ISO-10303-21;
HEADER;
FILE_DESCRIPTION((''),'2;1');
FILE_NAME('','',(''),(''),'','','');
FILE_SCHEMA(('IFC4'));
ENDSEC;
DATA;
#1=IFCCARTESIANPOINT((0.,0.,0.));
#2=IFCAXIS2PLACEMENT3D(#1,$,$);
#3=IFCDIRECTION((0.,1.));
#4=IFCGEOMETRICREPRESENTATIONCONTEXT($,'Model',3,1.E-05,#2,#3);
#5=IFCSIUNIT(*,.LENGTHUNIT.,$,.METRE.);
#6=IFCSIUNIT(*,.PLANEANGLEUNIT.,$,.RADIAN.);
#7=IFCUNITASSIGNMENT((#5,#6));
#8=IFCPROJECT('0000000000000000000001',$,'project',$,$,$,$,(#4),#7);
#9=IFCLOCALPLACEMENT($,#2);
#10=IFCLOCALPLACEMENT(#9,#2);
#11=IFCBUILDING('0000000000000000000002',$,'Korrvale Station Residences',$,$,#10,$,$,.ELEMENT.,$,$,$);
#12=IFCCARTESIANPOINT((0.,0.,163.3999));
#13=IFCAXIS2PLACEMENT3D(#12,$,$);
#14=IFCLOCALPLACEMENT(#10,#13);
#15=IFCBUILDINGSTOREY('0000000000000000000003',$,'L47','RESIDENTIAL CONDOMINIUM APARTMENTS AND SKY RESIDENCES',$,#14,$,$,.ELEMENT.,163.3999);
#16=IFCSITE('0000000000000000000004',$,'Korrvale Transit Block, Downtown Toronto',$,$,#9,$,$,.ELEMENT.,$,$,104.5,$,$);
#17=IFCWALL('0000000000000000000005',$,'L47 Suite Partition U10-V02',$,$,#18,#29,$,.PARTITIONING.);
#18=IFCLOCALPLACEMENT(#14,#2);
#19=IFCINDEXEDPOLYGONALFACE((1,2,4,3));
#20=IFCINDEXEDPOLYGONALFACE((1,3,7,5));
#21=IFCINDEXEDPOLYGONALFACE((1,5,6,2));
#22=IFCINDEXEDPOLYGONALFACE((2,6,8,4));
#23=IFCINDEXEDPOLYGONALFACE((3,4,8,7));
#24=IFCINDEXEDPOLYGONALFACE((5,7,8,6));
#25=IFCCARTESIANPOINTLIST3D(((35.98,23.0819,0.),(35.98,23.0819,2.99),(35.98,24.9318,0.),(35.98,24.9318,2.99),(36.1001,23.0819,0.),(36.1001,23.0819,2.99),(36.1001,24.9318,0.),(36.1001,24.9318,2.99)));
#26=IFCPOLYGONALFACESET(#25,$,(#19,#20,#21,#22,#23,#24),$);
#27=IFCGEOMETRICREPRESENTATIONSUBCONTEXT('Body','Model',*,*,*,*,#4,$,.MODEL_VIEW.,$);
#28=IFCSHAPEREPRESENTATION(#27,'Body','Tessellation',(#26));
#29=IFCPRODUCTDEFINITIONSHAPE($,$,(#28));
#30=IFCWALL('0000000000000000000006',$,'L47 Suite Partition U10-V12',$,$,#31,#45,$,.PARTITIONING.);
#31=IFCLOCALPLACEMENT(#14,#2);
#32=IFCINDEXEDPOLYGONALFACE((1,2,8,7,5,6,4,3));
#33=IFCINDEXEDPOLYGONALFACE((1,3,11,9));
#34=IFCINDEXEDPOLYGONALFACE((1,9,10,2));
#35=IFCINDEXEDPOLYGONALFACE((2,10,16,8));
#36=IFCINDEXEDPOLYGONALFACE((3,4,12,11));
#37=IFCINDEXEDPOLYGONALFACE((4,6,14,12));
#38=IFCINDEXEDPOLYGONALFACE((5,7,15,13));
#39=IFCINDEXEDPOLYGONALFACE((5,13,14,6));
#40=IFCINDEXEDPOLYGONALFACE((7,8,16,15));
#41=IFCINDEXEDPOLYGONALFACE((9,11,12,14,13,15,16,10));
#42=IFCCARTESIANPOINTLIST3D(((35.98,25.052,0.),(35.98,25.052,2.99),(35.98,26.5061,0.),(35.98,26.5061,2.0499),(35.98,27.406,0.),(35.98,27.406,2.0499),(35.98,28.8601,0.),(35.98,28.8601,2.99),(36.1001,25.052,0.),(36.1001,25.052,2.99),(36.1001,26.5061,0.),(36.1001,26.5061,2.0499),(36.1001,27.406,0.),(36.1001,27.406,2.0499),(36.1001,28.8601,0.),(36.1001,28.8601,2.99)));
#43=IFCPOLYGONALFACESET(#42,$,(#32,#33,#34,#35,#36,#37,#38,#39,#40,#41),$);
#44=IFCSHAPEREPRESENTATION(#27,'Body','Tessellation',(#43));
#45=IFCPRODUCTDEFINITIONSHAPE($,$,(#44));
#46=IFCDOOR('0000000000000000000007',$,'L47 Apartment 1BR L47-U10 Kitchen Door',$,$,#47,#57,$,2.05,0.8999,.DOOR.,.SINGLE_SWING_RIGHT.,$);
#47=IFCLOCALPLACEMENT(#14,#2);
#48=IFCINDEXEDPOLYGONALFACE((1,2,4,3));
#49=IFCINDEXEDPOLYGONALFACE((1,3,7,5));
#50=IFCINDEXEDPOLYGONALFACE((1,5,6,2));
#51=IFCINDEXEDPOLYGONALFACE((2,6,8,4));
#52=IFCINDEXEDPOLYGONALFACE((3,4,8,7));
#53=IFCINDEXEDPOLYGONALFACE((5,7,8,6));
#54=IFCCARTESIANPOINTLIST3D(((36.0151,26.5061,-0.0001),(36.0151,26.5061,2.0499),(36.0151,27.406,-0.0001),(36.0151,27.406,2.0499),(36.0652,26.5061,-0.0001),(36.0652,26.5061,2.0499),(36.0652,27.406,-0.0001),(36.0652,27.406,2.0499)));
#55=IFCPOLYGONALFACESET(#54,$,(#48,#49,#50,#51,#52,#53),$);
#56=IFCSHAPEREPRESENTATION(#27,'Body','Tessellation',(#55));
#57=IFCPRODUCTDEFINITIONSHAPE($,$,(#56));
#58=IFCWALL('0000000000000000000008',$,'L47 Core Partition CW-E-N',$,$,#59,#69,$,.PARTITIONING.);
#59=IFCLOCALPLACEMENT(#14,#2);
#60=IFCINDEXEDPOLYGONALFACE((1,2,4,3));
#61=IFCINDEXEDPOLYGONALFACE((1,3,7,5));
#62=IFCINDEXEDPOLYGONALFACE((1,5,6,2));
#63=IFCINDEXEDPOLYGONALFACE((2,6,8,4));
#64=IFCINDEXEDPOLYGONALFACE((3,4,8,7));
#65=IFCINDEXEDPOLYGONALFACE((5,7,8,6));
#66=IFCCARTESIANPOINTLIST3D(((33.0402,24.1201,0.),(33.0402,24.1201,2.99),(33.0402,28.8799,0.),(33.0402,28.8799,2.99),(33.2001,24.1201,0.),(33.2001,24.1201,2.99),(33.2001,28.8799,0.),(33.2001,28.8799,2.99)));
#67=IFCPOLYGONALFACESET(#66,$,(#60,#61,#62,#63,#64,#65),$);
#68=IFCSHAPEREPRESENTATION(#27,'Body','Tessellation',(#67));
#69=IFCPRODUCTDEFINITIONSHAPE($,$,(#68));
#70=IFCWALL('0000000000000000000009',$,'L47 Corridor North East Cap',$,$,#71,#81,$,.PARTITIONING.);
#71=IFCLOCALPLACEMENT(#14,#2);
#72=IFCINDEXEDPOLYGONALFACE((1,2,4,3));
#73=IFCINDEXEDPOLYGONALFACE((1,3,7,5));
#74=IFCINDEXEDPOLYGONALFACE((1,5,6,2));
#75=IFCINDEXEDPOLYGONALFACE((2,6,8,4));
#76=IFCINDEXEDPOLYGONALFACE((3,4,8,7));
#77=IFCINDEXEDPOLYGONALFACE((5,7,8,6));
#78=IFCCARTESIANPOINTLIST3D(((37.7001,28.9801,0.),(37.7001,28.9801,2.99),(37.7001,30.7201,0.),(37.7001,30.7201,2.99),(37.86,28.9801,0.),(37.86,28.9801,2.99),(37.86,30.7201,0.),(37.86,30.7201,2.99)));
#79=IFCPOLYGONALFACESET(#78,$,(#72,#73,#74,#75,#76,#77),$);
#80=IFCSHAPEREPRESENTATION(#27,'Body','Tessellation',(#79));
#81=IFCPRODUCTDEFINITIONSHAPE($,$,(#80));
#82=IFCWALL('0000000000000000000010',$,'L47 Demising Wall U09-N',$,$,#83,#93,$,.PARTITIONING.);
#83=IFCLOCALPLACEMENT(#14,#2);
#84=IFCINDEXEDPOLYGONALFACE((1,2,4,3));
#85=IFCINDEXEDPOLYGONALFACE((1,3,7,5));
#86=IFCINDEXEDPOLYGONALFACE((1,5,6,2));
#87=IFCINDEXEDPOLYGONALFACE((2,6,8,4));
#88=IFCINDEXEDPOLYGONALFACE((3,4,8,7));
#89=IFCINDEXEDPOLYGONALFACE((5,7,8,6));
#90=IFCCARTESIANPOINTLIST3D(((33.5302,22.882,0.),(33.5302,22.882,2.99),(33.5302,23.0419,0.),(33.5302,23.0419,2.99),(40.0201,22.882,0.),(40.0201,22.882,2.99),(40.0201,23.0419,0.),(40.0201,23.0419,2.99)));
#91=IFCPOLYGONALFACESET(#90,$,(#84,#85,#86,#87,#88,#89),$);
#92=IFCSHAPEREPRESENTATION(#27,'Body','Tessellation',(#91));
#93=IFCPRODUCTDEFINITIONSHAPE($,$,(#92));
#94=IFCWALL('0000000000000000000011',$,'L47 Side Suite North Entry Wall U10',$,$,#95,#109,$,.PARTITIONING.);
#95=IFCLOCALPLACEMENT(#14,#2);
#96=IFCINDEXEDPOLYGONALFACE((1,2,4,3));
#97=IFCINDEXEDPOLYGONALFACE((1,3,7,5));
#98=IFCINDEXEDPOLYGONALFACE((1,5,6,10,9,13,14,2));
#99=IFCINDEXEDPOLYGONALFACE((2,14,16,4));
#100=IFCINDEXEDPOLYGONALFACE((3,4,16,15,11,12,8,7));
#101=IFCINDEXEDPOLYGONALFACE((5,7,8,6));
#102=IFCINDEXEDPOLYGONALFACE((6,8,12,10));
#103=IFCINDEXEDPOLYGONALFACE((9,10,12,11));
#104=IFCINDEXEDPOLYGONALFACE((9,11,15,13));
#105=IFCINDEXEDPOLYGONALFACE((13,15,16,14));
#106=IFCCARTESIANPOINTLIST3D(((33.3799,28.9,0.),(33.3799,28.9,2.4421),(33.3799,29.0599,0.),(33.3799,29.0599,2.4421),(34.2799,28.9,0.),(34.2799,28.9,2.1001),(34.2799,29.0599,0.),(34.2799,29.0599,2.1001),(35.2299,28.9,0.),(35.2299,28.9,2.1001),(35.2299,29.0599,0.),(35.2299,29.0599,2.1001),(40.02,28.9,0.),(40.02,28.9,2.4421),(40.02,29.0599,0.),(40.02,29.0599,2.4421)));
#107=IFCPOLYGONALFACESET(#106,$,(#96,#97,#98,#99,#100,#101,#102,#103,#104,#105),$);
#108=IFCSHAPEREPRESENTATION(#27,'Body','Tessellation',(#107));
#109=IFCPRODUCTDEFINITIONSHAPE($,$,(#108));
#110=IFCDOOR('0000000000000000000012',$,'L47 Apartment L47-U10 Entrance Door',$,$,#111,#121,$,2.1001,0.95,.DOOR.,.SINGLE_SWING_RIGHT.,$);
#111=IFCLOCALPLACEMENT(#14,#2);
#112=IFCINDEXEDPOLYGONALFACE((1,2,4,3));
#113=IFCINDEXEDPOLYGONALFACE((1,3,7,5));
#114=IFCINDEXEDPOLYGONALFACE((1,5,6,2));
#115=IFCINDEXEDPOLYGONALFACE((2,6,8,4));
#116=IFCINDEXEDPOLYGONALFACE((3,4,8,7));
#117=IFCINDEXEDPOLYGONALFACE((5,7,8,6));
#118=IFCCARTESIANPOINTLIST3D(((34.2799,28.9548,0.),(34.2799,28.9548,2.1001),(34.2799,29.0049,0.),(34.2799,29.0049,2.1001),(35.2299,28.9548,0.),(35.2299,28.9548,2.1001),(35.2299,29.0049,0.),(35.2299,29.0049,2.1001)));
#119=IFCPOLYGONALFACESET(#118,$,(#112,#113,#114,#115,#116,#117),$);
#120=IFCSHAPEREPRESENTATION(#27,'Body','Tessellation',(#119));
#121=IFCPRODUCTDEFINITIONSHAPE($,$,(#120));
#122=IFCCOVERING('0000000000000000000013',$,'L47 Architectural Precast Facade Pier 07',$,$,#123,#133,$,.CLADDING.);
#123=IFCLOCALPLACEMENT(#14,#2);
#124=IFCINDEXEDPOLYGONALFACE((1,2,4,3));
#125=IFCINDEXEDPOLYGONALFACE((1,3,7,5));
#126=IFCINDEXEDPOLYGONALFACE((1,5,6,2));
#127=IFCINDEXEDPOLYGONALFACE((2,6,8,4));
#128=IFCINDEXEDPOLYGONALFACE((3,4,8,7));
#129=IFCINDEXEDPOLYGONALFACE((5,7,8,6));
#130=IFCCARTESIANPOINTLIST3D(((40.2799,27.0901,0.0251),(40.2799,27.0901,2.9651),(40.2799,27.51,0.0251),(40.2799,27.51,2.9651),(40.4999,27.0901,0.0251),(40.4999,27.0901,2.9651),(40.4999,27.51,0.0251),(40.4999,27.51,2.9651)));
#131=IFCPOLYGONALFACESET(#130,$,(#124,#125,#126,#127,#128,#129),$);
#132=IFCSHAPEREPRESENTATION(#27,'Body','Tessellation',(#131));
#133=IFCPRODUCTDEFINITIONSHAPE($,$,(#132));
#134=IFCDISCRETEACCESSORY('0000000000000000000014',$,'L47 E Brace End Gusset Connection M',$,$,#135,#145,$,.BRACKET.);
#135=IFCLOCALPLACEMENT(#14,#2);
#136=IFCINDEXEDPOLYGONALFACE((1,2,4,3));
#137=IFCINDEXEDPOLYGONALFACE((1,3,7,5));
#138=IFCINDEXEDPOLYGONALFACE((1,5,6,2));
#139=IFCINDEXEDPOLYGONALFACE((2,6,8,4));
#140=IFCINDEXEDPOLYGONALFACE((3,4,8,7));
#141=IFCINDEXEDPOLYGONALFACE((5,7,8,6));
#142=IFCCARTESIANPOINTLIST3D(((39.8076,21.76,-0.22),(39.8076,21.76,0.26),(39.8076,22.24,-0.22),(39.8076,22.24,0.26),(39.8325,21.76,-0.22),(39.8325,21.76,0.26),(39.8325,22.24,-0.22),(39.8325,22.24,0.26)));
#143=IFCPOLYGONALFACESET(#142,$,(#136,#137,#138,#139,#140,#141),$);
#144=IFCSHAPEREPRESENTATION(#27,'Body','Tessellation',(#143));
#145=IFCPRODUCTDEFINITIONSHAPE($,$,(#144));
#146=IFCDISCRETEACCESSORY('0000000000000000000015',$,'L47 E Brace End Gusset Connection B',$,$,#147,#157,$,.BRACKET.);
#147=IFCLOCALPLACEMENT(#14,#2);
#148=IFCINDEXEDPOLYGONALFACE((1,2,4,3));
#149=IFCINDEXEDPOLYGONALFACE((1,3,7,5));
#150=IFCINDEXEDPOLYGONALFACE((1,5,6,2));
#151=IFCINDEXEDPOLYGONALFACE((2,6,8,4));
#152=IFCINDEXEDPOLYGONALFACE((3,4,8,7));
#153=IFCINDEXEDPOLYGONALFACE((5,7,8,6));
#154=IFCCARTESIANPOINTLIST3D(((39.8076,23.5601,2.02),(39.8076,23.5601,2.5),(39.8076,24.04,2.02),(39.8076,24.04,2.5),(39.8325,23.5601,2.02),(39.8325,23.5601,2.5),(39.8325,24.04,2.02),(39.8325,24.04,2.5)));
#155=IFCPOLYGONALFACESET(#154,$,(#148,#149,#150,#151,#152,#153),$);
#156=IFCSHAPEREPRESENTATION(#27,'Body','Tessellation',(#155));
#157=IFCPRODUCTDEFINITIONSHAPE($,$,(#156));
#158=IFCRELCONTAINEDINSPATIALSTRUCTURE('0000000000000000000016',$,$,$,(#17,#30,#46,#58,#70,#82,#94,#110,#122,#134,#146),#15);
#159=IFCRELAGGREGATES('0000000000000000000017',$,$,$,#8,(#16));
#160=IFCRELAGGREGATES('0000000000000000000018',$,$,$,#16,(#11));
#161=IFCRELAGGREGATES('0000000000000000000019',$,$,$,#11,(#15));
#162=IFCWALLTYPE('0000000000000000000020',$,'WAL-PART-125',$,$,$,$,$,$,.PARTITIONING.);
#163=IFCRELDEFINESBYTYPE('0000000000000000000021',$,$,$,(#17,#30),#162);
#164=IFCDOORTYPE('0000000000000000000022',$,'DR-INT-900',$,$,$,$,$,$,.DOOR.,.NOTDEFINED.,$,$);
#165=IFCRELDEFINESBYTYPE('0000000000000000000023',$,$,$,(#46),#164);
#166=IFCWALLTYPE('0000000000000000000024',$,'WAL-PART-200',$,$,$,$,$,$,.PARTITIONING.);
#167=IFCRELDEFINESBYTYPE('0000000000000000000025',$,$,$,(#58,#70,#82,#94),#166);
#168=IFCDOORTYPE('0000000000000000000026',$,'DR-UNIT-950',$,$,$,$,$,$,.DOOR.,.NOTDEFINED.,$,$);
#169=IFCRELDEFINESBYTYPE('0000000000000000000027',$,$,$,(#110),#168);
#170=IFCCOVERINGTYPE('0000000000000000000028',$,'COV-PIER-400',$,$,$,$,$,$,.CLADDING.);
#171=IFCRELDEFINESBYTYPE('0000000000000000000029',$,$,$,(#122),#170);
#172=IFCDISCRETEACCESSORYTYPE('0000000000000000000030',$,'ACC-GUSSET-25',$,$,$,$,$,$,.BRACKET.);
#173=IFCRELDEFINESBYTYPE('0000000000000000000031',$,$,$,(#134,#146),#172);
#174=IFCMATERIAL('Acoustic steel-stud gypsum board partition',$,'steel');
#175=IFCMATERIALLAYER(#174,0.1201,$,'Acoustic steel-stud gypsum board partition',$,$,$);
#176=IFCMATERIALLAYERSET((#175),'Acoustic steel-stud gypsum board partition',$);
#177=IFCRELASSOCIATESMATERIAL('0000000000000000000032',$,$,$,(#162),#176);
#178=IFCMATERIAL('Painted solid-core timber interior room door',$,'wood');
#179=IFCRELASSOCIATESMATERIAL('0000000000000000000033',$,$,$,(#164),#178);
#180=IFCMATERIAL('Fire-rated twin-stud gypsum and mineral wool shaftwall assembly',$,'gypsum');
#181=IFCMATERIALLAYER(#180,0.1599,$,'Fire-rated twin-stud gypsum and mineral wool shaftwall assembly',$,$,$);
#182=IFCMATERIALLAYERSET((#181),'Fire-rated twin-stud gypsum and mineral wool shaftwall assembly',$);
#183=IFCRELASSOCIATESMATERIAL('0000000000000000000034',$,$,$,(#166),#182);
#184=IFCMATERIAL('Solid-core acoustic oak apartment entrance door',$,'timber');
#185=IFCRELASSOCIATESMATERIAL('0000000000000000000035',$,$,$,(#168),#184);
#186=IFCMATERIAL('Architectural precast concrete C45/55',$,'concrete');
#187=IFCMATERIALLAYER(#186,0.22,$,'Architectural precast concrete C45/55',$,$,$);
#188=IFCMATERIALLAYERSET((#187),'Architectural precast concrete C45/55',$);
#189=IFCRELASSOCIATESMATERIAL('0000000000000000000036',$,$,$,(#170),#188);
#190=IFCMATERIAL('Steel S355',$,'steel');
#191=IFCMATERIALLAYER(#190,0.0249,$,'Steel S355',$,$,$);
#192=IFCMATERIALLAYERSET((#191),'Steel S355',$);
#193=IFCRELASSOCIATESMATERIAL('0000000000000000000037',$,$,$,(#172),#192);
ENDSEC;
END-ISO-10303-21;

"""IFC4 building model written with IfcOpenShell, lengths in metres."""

from ifc_helpers import new_model, si_unit, direction, frame, frame_2d, origin, origin_2d, place, context, subcontext, project, spatial, rectangle, extrude, material, layer, layer_set, type_object, element, fill, save


model = new_model("IFC4")

# Units and contexts
model_context = context("Model", 3, precision=1e-05, world=origin(), true_north=direction((0.0, 1.0)))
body_context = subcontext(model_context, "Body", "Model", "MODEL_VIEW")
ifc_project = project(units=[si_unit("LENGTHUNIT", "METRE"), si_unit("PLANEANGLEUNIT", "RADIAN")], contexts=[model_context])

# Site, building, storey
site_placement = place(None, origin())
site = spatial("IfcSite", under=ifc_project, at=site_placement, Name="Korrvale Transit Block, Downtown Toronto", CompositionType="ELEMENT", RefElevation=104.5)
building_placement = place(site_placement, origin())
building = spatial("IfcBuilding", under=site, at=building_placement, Name="Korrvale Station Residences", CompositionType="ELEMENT")
storey_placement = place(building_placement, frame((0.0, 0.0, 163.3999)))
storey = spatial("IfcBuildingStorey", under=building, at=storey_placement, Name="L47", Description="RESIDENTIAL CONDOMINIUM APARTMENTS AND SKY RESIDENCES", CompositionType="ELEMENT", Elevation=163.3999)

# Shared definitions
ifc_material_1 = material(Name="Steel S355", Category="steel")

# Shared definitions
ifc_material_2 = material(Name="Acoustic steel-stud gypsum board partition", Category="steel")
ifc_layer_1 = layer(ifc_material_2, 0.1201, Name="Acoustic steel-stud gypsum board partition")
ifc_layer_set_1 = layer_set([ifc_layer_1], Name="Acoustic steel-stud gypsum board partition")
wall_type_1 = type_object("IfcWallType", Name="WAL-PART-125", PredefinedType="PARTITIONING", material=ifc_layer_set_1)

# Wall
wall_1_placement = place(storey_placement, frame((36.04, 23.082, 0.0), z_axis=(0.0, 0.0, 1.0), x_axis=(0.0, 1.0, 0.0)))
element("IfcWall", 1, at=wall_1_placement, inside=storey, type_object=wall_type_1, Name="L47 Suite Partition U10-V02", PredefinedType="PARTITIONING", context=body_context, shape_type="SweptSolid", body=[
    extrude(rectangle(XDim=1.8499, YDim=0.1201, at=frame_2d((0.9248, 0.0))), origin(), (0.0, 0.0, 1.0), 2.99),
])

# Wall, opening, door
wall_2_placement = place(storey_placement, frame((36.04, 25.052, 0.0), z_axis=(0.0, 0.0, 1.0), x_axis=(0.0, 1.0, 0.0)))
wall_2 = element("IfcWall", 2, at=wall_2_placement, inside=storey, type_object=wall_type_1, Name="L47 Suite Partition U10-V12", PredefinedType="PARTITIONING", context=body_context, shape_type="SweptSolid", body=[
    extrude(rectangle(XDim=3.8081, YDim=0.1201, at=frame_2d((1.9041, 0.0))), origin(), (0.0, 0.0, 1.0), 2.99),
])
opening_1_placement = place(wall_2_placement, frame((1.4541, 0.0, 0.0)))
opening_1 = element("IfcOpeningElement", 3, at=opening_1_placement, cuts=wall_2, PredefinedType="OPENING", context=body_context, shape_type="SweptSolid", body=[
    extrude(rectangle(XDim=0.8999, YDim=2.05, at=frame_2d((0.45, 1.0249))), frame((0.0, 0.0701, 0.0), z_axis=(0.0, -1.0, 0.0), x_axis=(1.0, 0.0, 0.0)), (0.0, 0.0, 1.0), 0.1401),
])
ifc_material_3 = material(Name="Painted solid-core timber interior room door", Category="wood")
door_type_1 = type_object("IfcDoorType", Name="DR-INT-900", OperationType="NOTDEFINED", PredefinedType="DOOR", material=ifc_material_3)
door_1_placement = place(opening_1_placement, origin())
door_1 = element("IfcDoor", 4, at=door_1_placement, inside=storey, type_object=door_type_1, Name="L47 Apartment 1BR L47-U10 Kitchen Door", OperationType="SINGLE_SWING_RIGHT", OverallHeight=2.05, OverallWidth=0.8999, PredefinedType="DOOR", context=body_context, shape_type="SweptSolid", body=[
    extrude(rectangle(XDim=0.8999, YDim=2.05, at=frame_2d((0.45, 1.0249))), frame((0.0, 0.0249, 0.0), z_axis=(0.0, -1.0, 0.0), x_axis=(1.0, 0.0, 0.0)), (0.0, 0.0, 1.0), 0.05),
])
fill(opening_1, door_1)

# Walls
ifc_material_4 = material(Name="Fire-rated twin-stud gypsum and mineral wool shaftwall assembly", Category="gypsum")
ifc_layer_2 = layer(ifc_material_4, 0.1599, Name="Fire-rated twin-stud gypsum and mineral wool shaftwall assembly")
ifc_layer_set_2 = layer_set([ifc_layer_2], Name="Fire-rated twin-stud gypsum and mineral wool shaftwall assembly")
wall_type_2 = type_object("IfcWallType", Name="WAL-PART-200", PredefinedType="PARTITIONING", material=ifc_layer_set_2)
wall_3_placement = place(storey_placement, frame((33.1201, 24.1201, 0.0), z_axis=(0.0, 0.0, 1.0), x_axis=(0.0, 1.0, 0.0)))
element("IfcWall", 5, at=wall_3_placement, inside=storey, type_object=wall_type_2, Name="L47 Core Partition CW-E-N", PredefinedType="PARTITIONING", context=body_context, shape_type="SweptSolid", body=[
    extrude(rectangle(XDim=4.7598, YDim=0.1599, at=frame_2d((2.3799, 0.0))), origin(), (0.0, 0.0, 1.0), 2.99),
])
wall_4_placement = place(storey_placement, frame((37.78, 28.98, 0.0), z_axis=(0.0, 0.0, 1.0), x_axis=(0.0, 1.0, 0.0)))
element("IfcWall", 6, at=wall_4_placement, inside=storey, type_object=wall_type_2, Name="L47 Corridor North East Cap", PredefinedType="PARTITIONING", context=body_context, shape_type="SweptSolid", body=[
    extrude(rectangle(XDim=1.74, YDim=0.1599, at=frame_2d((0.8701, 0.0))), origin(), (0.0, 0.0, 1.0), 2.99),
])
wall_5_placement = place(storey_placement, frame((33.53, 22.9619, 0.0), z_axis=(0.0, 0.0, 1.0), x_axis=(1.0, 0.0, 0.0)))
element("IfcWall", 7, at=wall_5_placement, inside=storey, type_object=wall_type_2, Name="L47 Demising Wall U09-N", PredefinedType="PARTITIONING", context=body_context, shape_type="SweptSolid", body=[
    extrude(rectangle(XDim=6.49, YDim=0.1599, at=frame_2d((3.2451, 0.0))), origin(), (0.0, 0.0, 1.0), 2.99),
])

# Wall, opening, door
wall_6_placement = place(storey_placement, frame((33.3799, 28.98, 0.0), z_axis=(0.0, 0.0, 1.0), x_axis=(1.0, 0.0, 0.0)))
wall_6 = element("IfcWall", 8, at=wall_6_placement, inside=storey, type_object=wall_type_2, Name="L47 Side Suite North Entry Wall U10", PredefinedType="PARTITIONING", context=body_context, shape_type="SweptSolid", body=[
    extrude(rectangle(XDim=6.6401, YDim=0.1599, at=frame_2d((3.3201, 0.0))), origin(), (0.0, 0.0, 1.0), 2.4421),
])
opening_2_placement = place(wall_6_placement, frame((0.8999, 0.0, 0.0)))
opening_2 = element("IfcOpeningElement", 9, at=opening_2_placement, cuts=wall_6, PredefinedType="OPENING", context=body_context, shape_type="SweptSolid", body=[
    extrude(rectangle(XDim=0.95, YDim=2.1001, at=frame_2d((0.4751, 1.05))), frame((0.0, 0.0898, 0.0), z_axis=(0.0, -1.0, 0.0), x_axis=(1.0, 0.0, 0.0)), (0.0, 0.0, 1.0), 0.1799),
])
ifc_material_5 = material(Name="Solid-core acoustic oak apartment entrance door", Category="timber")
door_type_2 = type_object("IfcDoorType", Name="DR-UNIT-950", OperationType="NOTDEFINED", PredefinedType="DOOR", material=ifc_material_5)
door_2_placement = place(opening_2_placement, origin())
door_2 = element("IfcDoor", 10, at=door_2_placement, inside=storey, type_object=door_type_2, Name="L47 Apartment L47-U10 Entrance Door", OperationType="SINGLE_SWING_RIGHT", OverallHeight=2.1001, OverallWidth=0.95, PredefinedType="DOOR", context=body_context, shape_type="SweptSolid", body=[
    extrude(rectangle(XDim=0.95, YDim=2.1001, at=frame_2d((0.4751, 1.05))), frame((0.0, 0.0249, 0.0), z_axis=(0.0, -1.0, 0.0), x_axis=(1.0, 0.0, 0.0)), (0.0, 0.0, 1.0), 0.05),
])
fill(opening_2, door_2)

# Covering
ifc_material_6 = material(Name="Architectural precast concrete C45/55", Category="concrete")
ifc_layer_3 = layer(ifc_material_6, 0.22, Name="Architectural precast concrete C45/55")
ifc_layer_set_3 = layer_set([ifc_layer_3], Name="Architectural precast concrete C45/55")
covering_type = type_object("IfcCoveringType", Name="COV-PIER-400", PredefinedType="CLADDING", material=ifc_layer_set_3)
covering_placement = place(storey_placement, frame((40.3899, 27.3, 0.0251), z_axis=(0.0, 0.0, 1.0), x_axis=(0.0, 1.0, 0.0)))
element("IfcCovering", 11, at=covering_placement, inside=storey, type_object=covering_type, Name="L47 Architectural Precast Facade Pier 07", PredefinedType="CLADDING", context=body_context, shape_type="SweptSolid", body=[
    extrude(rectangle(XDim=0.4199, YDim=0.22, at=origin_2d()), origin(), (0.0, 0.0, 1.0), 2.9399),
])

# Discrete accessories
ifc_layer_4 = layer(ifc_material_1, 0.0249, Name="Steel S355")
ifc_layer_set_4 = layer_set([ifc_layer_4], Name="Steel S355")
discrete_accessory_type = type_object("IfcDiscreteAccessoryType", Name="ACC-GUSSET-25", PredefinedType="BRACKET", material=ifc_layer_set_4)
for number, where, z_axis, x_axis, name in (
    (12, (39.8201, 22.0, -0.22), (0.0, 0.0, 1.0), (0.0, 1.0, 0.0), "L47 E Brace End Gusset Connection M"),
    (13, (39.8201, 23.8, 2.02), (0.0, 0.0, 1.0), (0.0, 1.0, 0.0), "L47 E Brace End Gusset Connection B"),
):
    element("IfcDiscreteAccessory", number, at=place(storey_placement, frame(where, z_axis=z_axis, x_axis=x_axis)), inside=storey, type_object=discrete_accessory_type, Name=name, PredefinedType="BRACKET", context=body_context, shape_type="SweptSolid", body=[
        extrude(rectangle(XDim=0.48, YDim=0.0249, at=origin_2d()), origin(), (0.0, 0.0, 1.0), 0.48),
    ])

save(model, "model.ifc")
